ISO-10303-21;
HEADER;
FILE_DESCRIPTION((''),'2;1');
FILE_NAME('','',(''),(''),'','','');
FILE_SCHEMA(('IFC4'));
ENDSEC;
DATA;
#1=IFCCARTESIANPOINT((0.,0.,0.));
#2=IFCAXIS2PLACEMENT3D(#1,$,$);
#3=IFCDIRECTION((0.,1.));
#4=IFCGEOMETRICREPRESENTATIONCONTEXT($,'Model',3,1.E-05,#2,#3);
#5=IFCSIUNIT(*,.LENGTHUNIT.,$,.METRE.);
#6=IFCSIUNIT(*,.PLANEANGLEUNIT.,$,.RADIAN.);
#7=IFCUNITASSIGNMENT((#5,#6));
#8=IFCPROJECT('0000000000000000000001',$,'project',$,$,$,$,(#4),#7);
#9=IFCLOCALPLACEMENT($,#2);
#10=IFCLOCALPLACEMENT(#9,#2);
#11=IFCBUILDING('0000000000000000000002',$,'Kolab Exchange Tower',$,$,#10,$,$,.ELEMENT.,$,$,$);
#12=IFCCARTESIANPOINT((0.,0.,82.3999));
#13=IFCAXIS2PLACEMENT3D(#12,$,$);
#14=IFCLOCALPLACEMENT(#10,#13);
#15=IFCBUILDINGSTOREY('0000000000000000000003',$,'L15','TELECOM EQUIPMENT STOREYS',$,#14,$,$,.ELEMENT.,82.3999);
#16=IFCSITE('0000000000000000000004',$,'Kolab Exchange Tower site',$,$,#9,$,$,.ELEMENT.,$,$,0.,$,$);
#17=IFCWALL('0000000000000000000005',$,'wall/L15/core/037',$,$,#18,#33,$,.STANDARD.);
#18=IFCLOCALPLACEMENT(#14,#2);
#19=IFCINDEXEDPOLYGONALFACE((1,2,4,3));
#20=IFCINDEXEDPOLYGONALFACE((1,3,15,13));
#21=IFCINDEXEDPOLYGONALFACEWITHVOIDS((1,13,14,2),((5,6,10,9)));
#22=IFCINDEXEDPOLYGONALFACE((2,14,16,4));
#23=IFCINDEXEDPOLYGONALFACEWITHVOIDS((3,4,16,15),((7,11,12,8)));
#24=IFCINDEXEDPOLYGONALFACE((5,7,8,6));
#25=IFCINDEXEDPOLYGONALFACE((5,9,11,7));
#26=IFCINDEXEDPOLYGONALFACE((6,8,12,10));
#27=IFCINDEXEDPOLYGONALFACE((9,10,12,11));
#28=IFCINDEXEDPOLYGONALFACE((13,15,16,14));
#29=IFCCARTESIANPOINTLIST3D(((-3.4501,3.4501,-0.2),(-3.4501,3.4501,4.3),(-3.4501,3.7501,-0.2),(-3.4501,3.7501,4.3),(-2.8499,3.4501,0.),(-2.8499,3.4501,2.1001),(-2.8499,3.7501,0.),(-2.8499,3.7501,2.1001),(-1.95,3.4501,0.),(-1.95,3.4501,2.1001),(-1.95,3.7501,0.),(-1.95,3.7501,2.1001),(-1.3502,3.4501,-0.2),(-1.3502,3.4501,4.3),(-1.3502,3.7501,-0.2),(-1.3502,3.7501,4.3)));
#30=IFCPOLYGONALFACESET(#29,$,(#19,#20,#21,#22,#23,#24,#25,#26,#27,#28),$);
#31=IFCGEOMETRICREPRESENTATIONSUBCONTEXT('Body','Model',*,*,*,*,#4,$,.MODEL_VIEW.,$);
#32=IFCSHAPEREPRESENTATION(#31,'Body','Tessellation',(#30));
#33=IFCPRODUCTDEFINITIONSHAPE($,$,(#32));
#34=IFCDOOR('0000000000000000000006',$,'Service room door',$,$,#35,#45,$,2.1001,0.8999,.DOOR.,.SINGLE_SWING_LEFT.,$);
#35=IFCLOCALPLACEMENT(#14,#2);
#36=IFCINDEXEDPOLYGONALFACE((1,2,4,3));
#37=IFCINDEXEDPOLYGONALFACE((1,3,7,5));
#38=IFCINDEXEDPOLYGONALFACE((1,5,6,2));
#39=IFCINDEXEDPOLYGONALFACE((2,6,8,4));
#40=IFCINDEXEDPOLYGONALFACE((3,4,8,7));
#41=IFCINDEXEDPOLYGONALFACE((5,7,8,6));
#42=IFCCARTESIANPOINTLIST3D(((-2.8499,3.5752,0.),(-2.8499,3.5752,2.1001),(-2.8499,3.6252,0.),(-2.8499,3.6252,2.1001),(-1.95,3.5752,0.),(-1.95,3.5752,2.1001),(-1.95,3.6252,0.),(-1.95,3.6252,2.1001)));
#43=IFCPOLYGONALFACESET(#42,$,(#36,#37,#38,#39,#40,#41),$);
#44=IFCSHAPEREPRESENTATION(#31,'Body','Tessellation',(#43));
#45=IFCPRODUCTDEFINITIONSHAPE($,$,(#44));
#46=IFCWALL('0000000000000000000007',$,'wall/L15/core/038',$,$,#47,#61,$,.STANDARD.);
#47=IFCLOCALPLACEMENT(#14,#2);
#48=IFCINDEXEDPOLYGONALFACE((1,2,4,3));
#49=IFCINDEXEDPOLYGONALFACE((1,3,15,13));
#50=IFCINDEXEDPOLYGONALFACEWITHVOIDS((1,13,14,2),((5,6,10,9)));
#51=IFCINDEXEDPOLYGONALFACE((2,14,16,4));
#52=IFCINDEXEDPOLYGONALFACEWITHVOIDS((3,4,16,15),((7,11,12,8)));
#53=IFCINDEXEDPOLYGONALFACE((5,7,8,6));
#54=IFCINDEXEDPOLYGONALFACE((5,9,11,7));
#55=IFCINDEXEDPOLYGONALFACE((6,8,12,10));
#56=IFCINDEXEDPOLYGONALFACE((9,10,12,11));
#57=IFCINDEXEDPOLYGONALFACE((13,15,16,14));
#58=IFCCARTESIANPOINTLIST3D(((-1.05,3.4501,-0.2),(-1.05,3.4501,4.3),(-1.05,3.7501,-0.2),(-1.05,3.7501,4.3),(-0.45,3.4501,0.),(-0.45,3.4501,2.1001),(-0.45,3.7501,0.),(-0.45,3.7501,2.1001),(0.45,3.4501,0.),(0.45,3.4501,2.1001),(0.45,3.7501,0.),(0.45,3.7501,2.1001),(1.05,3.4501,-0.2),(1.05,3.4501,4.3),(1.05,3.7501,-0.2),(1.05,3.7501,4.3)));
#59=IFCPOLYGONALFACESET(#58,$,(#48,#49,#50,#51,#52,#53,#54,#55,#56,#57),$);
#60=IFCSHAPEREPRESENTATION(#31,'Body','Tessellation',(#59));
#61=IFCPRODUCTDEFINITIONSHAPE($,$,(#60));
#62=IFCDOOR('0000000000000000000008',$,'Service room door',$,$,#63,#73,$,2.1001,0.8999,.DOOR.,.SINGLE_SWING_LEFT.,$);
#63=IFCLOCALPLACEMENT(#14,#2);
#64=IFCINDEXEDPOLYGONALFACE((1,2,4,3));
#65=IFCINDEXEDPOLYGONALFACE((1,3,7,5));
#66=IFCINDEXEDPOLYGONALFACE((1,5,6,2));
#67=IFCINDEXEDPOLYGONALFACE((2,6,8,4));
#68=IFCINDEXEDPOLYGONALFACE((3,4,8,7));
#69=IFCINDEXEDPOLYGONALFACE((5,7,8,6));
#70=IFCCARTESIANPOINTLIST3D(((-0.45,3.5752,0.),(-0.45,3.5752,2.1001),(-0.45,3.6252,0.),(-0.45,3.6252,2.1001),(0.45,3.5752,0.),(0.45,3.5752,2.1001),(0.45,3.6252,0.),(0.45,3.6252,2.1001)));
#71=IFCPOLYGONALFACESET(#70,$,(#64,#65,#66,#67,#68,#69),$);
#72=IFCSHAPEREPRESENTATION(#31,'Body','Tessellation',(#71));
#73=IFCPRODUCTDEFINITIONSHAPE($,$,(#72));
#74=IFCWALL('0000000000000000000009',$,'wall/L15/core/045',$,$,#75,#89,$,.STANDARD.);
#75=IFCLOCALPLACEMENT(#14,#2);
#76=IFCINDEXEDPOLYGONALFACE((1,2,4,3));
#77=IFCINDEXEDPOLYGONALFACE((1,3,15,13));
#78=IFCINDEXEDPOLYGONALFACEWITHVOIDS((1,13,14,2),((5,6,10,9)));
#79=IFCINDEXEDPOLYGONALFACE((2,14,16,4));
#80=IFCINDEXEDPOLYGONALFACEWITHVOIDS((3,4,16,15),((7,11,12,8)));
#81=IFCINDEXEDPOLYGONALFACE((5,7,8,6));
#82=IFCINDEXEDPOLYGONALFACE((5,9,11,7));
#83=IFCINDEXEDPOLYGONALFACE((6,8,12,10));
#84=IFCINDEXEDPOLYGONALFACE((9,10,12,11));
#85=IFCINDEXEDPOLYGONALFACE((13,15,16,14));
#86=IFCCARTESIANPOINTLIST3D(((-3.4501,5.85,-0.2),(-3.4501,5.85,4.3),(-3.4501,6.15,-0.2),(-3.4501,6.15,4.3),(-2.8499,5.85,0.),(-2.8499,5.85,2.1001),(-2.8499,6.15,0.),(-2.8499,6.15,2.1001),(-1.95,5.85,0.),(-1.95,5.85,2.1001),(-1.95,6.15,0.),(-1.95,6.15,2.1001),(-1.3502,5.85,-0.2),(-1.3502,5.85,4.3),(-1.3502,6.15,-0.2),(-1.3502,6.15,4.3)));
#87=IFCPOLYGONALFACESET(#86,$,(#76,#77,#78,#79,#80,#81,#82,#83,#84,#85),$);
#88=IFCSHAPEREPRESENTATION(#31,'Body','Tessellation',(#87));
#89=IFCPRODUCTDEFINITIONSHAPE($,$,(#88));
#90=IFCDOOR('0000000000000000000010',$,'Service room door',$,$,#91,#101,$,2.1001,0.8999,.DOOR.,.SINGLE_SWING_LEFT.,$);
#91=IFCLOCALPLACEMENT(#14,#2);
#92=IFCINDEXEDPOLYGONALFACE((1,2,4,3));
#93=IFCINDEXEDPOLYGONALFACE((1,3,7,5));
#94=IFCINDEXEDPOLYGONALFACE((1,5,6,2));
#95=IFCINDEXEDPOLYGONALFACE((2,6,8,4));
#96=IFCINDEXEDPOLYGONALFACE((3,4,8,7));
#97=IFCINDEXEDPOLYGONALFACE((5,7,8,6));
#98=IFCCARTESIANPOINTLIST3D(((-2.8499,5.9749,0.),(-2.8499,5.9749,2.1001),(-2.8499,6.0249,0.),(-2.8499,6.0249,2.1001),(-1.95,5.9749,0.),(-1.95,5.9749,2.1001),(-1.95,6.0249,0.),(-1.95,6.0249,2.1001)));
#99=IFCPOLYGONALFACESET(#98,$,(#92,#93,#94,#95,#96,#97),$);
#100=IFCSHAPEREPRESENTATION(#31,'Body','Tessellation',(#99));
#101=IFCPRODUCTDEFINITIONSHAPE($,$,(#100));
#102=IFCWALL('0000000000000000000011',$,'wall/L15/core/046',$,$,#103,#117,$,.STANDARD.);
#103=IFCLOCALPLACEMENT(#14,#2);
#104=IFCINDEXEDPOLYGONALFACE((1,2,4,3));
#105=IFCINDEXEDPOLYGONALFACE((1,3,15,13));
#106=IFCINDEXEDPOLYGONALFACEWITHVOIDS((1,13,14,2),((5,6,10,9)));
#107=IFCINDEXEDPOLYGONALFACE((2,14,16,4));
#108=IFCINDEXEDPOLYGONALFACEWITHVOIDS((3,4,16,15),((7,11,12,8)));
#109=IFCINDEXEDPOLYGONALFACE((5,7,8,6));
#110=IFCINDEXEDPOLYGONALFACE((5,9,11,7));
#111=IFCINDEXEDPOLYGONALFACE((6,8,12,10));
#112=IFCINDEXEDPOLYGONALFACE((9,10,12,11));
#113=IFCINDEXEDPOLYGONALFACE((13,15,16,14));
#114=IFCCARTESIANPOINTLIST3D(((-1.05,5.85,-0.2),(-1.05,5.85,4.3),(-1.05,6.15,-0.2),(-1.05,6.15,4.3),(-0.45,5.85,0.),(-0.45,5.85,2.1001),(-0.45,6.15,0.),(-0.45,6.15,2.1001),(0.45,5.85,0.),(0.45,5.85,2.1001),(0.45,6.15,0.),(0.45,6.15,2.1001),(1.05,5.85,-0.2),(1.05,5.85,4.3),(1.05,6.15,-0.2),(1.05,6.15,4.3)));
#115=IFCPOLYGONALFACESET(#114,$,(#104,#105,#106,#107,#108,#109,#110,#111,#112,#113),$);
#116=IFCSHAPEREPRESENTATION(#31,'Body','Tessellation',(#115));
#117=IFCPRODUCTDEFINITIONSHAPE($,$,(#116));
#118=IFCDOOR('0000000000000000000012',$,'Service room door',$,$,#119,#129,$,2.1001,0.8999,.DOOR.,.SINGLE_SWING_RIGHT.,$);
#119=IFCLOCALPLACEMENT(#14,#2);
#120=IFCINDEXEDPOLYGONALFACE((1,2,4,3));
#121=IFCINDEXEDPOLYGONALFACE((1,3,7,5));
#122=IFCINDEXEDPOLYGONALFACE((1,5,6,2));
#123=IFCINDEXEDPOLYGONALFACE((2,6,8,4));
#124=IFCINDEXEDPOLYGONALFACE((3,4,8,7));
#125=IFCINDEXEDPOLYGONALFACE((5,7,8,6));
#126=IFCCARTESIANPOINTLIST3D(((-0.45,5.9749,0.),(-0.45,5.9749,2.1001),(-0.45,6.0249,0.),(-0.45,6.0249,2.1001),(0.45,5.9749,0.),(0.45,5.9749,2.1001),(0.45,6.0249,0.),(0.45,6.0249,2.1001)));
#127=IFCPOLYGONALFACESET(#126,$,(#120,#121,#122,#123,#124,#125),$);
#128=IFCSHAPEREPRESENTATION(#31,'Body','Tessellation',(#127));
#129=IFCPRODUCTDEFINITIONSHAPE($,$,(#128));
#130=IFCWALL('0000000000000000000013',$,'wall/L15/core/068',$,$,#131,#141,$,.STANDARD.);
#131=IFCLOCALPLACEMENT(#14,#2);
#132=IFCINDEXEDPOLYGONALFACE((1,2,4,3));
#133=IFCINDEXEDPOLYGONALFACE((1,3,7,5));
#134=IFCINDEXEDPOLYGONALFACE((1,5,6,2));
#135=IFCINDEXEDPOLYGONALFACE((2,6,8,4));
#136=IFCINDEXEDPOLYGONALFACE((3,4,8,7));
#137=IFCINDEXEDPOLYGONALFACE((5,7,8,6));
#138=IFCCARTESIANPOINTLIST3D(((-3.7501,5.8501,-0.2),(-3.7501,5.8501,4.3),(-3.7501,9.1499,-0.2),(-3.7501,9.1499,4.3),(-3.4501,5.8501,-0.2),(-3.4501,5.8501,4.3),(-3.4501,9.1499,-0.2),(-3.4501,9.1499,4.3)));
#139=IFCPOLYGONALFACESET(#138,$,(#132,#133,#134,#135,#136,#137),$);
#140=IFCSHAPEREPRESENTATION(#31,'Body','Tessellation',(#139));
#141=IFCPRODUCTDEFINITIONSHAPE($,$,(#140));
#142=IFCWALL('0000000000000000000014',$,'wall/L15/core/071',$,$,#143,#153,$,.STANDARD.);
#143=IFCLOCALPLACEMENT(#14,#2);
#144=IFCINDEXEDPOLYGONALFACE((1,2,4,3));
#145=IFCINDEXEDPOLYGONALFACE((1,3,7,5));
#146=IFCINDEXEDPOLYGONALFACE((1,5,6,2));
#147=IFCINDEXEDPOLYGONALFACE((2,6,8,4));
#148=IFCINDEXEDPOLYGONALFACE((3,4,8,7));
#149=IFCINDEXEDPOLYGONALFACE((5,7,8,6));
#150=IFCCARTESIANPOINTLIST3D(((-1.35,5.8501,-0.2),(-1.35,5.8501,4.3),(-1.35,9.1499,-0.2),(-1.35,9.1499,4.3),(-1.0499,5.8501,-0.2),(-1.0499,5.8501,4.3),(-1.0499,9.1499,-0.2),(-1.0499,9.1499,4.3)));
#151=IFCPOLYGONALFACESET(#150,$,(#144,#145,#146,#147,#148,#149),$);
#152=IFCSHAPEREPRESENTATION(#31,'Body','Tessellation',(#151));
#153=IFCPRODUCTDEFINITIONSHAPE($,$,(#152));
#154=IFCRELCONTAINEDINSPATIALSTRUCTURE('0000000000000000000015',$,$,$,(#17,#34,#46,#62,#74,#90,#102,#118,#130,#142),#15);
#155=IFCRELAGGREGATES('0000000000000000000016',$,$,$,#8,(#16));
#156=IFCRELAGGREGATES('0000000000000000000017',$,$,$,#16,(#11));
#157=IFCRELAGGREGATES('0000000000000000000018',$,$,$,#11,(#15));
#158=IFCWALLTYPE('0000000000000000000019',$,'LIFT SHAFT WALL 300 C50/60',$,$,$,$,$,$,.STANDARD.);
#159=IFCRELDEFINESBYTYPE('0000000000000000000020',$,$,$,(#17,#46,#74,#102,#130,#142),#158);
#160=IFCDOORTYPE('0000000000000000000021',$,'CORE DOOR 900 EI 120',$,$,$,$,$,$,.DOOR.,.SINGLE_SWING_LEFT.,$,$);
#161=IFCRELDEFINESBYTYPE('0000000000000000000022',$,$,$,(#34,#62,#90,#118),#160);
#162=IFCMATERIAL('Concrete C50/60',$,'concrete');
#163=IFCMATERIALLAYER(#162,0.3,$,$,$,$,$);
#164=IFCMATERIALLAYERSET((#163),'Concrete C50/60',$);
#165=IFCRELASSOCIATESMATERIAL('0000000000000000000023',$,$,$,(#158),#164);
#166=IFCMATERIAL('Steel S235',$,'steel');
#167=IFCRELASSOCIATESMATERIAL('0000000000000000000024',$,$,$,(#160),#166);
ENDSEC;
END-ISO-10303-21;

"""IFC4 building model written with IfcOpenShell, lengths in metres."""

from ifc_helpers import new_model, si_unit, direction, frame, frame_2d, origin, place, context, subcontext, project, spatial, rectangle, extrude, material, layer, layer_set, type_object, element, fill, save


model = new_model("IFC4")

# Units and contexts
model_context = context("Model", 3, precision=1e-05, world=origin(), true_north=direction((0.0, 1.0)))
body_context = subcontext(model_context, "Body", "Model", "MODEL_VIEW")
ifc_project = project(units=[si_unit("LENGTHUNIT", "METRE"), si_unit("PLANEANGLEUNIT", "RADIAN")], contexts=[model_context])

# Site, building, storey
site_placement = place(None, origin())
site = spatial("IfcSite", under=ifc_project, at=site_placement, Name="Kolab Exchange Tower site", CompositionType="ELEMENT", RefElevation=0.0)
building_placement = place(site_placement, origin())
building = spatial("IfcBuilding", under=site, at=building_placement, Name="Kolab Exchange Tower", CompositionType="ELEMENT")
storey_placement = place(building_placement, frame((0.0, 0.0, 82.3999)))
storey = spatial("IfcBuildingStorey", under=building, at=storey_placement, Name="L15", Description="TELECOM EQUIPMENT STOREYS", CompositionType="ELEMENT", Elevation=82.3999)

# Shared definitions
ifc_material_1 = material(Name="Concrete C50/60", Category="concrete")
ifc_layer_1 = layer(ifc_material_1, 0.3)
ifc_layer_set_1 = layer_set([ifc_layer_1], Name="Concrete C50/60")
wall_type_1 = type_object("IfcWallType", Name="LIFT SHAFT WALL 300 C50/60", PredefinedType="STANDARD", material=ifc_layer_set_1)

# Walls, openings, doors
wall_1_placement = place(storey_placement, frame((-3.45, 3.6001, -0.2), z_axis=(0.0, 0.0, 1.0), x_axis=(1.0, 0.0, 0.0)))
wall_1 = element("IfcWall", 1, at=wall_1_placement, inside=storey, type_object=wall_type_1, Name="wall/L15/core/037", PredefinedType="STANDARD", context=body_context, shape_type="SweptSolid", body=[
    extrude(rectangle(XDim=2.0999, YDim=0.3, at=frame_2d((1.0498, 0.0))), origin(), (0.0, 0.0, 1.0), 4.5),
])
opening_1_placement = place(wall_1_placement, frame((0.6001, 0.0, 0.2)))
opening_1 = element("IfcOpeningElement", 2, at=opening_1_placement, cuts=wall_1, PredefinedType="OPENING", context=body_context, shape_type="SweptSolid", body=[
    extrude(rectangle(XDim=0.8999, YDim=2.1001, at=frame_2d((0.45, 1.05))), frame((0.0, 0.1602, 0.0), z_axis=(0.0, -1.0, 0.0), x_axis=(1.0, 0.0, 0.0)), (0.0, 0.0, 1.0), 0.3201),
])
ifc_material_2 = material(Name="Steel S235", Category="steel")
door_type = type_object("IfcDoorType", Name="CORE DOOR 900 EI 120", OperationType="SINGLE_SWING_LEFT", PredefinedType="DOOR", material=ifc_material_2)
door_1_placement = place(opening_1_placement, frame((0.8999, 0.0, 0.0), z_axis=(0.0, 0.0, 1.0), x_axis=(-1.0, 0.0, 0.0)))
door_1 = element("IfcDoor", 3, at=door_1_placement, inside=storey, type_object=door_type, Name="Service room door", OperationType="SINGLE_SWING_LEFT", OverallHeight=2.1001, OverallWidth=0.8999, PredefinedType="DOOR", context=body_context, shape_type="SweptSolid", body=[
    extrude(rectangle(XDim=0.8999, YDim=2.1001, at=frame_2d((0.45, 1.05))), frame((0.0, 0.0249, 0.0), z_axis=(0.0, -1.0, 0.0), x_axis=(1.0, 0.0, 0.0)), (0.0, 0.0, 1.0), 0.05),
])
fill(opening_1, door_1)
wall_2_placement = place(storey_placement, frame((-1.05, 3.6001, -0.2), z_axis=(0.0, 0.0, 1.0), x_axis=(1.0, 0.0, 0.0)))
wall_2 = element("IfcWall", 4, at=wall_2_placement, inside=storey, type_object=wall_type_1, Name="wall/L15/core/038", PredefinedType="STANDARD", context=body_context, shape_type="SweptSolid", body=[
    extrude(rectangle(XDim=2.1001, YDim=0.3, at=frame_2d((1.05, 0.0))), origin(), (0.0, 0.0, 1.0), 4.5),
])
opening_2_placement = place(wall_2_placement, frame((0.6001, 0.0, 0.2)))
opening_2 = element("IfcOpeningElement", 5, at=opening_2_placement, cuts=wall_2, PredefinedType="OPENING", context=body_context, shape_type="SweptSolid", body=[
    extrude(rectangle(XDim=0.8999, YDim=2.1001, at=frame_2d((0.45, 1.05))), frame((0.0, 0.1602, 0.0), z_axis=(0.0, -1.0, 0.0), x_axis=(1.0, 0.0, 0.0)), (0.0, 0.0, 1.0), 0.3201),
])
door_2_placement = place(opening_2_placement, frame((0.8999, 0.0, 0.0), z_axis=(0.0, 0.0, 1.0), x_axis=(-1.0, 0.0, 0.0)))
door_2 = element("IfcDoor", 6, at=door_2_placement, inside=storey, type_object=door_type, Name="Service room door", OperationType="SINGLE_SWING_LEFT", OverallHeight=2.1001, OverallWidth=0.8999, PredefinedType="DOOR", context=body_context, shape_type="SweptSolid", body=[
    extrude(rectangle(XDim=0.8999, YDim=2.1001, at=frame_2d((0.45, 1.05))), frame((0.0, 0.0249, 0.0), z_axis=(0.0, -1.0, 0.0), x_axis=(1.0, 0.0, 0.0)), (0.0, 0.0, 1.0), 0.05),
])
fill(opening_2, door_2)
wall_3_placement = place(storey_placement, frame((-3.45, 6.0, -0.2), z_axis=(0.0, 0.0, 1.0), x_axis=(1.0, 0.0, 0.0)))
wall_3 = element("IfcWall", 7, at=wall_3_placement, inside=storey, type_object=wall_type_1, Name="wall/L15/core/045", PredefinedType="STANDARD", context=body_context, shape_type="SweptSolid", body=[
    extrude(rectangle(XDim=2.0999, YDim=0.3, at=frame_2d((1.0498, 0.0))), origin(), (0.0, 0.0, 1.0), 4.5),
])
opening_3_placement = place(wall_3_placement, frame((0.6001, 0.0, 0.2)))
opening_3 = element("IfcOpeningElement", 8, at=opening_3_placement, cuts=wall_3, PredefinedType="OPENING", context=body_context, shape_type="SweptSolid", body=[
    extrude(rectangle(XDim=0.8999, YDim=2.1001, at=frame_2d((0.45, 1.05))), frame((0.0, 0.1602, 0.0), z_axis=(0.0, -1.0, 0.0), x_axis=(1.0, 0.0, 0.0)), (0.0, 0.0, 1.0), 0.3201),
])
door_3_placement = place(opening_3_placement, origin())
door_3 = element("IfcDoor", 9, at=door_3_placement, inside=storey, type_object=door_type, Name="Service room door", OperationType="SINGLE_SWING_LEFT", OverallHeight=2.1001, OverallWidth=0.8999, PredefinedType="DOOR", context=body_context, shape_type="SweptSolid", body=[
    extrude(rectangle(XDim=0.8999, YDim=2.1001, at=frame_2d((0.45, 1.05))), frame((0.0, 0.0249, 0.0), z_axis=(0.0, -1.0, 0.0), x_axis=(1.0, 0.0, 0.0)), (0.0, 0.0, 1.0), 0.05),
])
fill(opening_3, door_3)
wall_4_placement = place(storey_placement, frame((-1.05, 6.0, -0.2), z_axis=(0.0, 0.0, 1.0), x_axis=(1.0, 0.0, 0.0)))
wall_4 = element("IfcWall", 10, at=wall_4_placement, inside=storey, type_object=wall_type_1, Name="wall/L15/core/046", PredefinedType="STANDARD", context=body_context, shape_type="SweptSolid", body=[
    extrude(rectangle(XDim=2.1001, YDim=0.3, at=frame_2d((1.05, 0.0))), origin(), (0.0, 0.0, 1.0), 4.5),
])
opening_4_placement = place(wall_4_placement, frame((0.6001, 0.0, 0.2)))
opening_4 = element("IfcOpeningElement", 11, at=opening_4_placement, cuts=wall_4, PredefinedType="OPENING", context=body_context, shape_type="SweptSolid", body=[
    extrude(rectangle(XDim=0.8999, YDim=2.1001, at=frame_2d((0.45, 1.05))), frame((0.0, 0.1602, 0.0), z_axis=(0.0, -1.0, 0.0), x_axis=(1.0, 0.0, 0.0)), (0.0, 0.0, 1.0), 0.3201),
])
door_4_placement = place(opening_4_placement, origin())
door_4 = element("IfcDoor", 12, at=door_4_placement, inside=storey, type_object=door_type, Name="Service room door", OperationType="SINGLE_SWING_RIGHT", OverallHeight=2.1001, OverallWidth=0.8999, PredefinedType="DOOR", context=body_context, shape_type="SweptSolid", body=[
    extrude(rectangle(XDim=0.8999, YDim=2.1001, at=frame_2d((0.45, 1.05))), frame((0.0, 0.0249, 0.0), z_axis=(0.0, -1.0, 0.0), x_axis=(1.0, 0.0, 0.0)), (0.0, 0.0, 1.0), 0.05),
])
fill(opening_4, door_4)

# Walls
for number, where, z_axis, x_axis, name in (
    (13, (-3.6001, 5.8501, -0.2), (0.0, 0.0, 1.0), (0.0, 1.0, 0.0), "wall/L15/core/068"),
    (14, (-1.2, 5.8501, -0.2), (0.0, 0.0, 1.0), (0.0, 1.0, 0.0), "wall/L15/core/071"),
):
    element("IfcWall", number, at=place(storey_placement, frame(where, z_axis=z_axis, x_axis=x_axis)), inside=storey, type_object=wall_type_1, Name=name, PredefinedType="STANDARD", context=body_context, shape_type="SweptSolid", body=[
        extrude(rectangle(XDim=3.2998, YDim=0.3, at=frame_2d((1.6499, 0.0))), origin(), (0.0, 0.0, 1.0), 4.5),
    ])

save(model, "model.ifc")
